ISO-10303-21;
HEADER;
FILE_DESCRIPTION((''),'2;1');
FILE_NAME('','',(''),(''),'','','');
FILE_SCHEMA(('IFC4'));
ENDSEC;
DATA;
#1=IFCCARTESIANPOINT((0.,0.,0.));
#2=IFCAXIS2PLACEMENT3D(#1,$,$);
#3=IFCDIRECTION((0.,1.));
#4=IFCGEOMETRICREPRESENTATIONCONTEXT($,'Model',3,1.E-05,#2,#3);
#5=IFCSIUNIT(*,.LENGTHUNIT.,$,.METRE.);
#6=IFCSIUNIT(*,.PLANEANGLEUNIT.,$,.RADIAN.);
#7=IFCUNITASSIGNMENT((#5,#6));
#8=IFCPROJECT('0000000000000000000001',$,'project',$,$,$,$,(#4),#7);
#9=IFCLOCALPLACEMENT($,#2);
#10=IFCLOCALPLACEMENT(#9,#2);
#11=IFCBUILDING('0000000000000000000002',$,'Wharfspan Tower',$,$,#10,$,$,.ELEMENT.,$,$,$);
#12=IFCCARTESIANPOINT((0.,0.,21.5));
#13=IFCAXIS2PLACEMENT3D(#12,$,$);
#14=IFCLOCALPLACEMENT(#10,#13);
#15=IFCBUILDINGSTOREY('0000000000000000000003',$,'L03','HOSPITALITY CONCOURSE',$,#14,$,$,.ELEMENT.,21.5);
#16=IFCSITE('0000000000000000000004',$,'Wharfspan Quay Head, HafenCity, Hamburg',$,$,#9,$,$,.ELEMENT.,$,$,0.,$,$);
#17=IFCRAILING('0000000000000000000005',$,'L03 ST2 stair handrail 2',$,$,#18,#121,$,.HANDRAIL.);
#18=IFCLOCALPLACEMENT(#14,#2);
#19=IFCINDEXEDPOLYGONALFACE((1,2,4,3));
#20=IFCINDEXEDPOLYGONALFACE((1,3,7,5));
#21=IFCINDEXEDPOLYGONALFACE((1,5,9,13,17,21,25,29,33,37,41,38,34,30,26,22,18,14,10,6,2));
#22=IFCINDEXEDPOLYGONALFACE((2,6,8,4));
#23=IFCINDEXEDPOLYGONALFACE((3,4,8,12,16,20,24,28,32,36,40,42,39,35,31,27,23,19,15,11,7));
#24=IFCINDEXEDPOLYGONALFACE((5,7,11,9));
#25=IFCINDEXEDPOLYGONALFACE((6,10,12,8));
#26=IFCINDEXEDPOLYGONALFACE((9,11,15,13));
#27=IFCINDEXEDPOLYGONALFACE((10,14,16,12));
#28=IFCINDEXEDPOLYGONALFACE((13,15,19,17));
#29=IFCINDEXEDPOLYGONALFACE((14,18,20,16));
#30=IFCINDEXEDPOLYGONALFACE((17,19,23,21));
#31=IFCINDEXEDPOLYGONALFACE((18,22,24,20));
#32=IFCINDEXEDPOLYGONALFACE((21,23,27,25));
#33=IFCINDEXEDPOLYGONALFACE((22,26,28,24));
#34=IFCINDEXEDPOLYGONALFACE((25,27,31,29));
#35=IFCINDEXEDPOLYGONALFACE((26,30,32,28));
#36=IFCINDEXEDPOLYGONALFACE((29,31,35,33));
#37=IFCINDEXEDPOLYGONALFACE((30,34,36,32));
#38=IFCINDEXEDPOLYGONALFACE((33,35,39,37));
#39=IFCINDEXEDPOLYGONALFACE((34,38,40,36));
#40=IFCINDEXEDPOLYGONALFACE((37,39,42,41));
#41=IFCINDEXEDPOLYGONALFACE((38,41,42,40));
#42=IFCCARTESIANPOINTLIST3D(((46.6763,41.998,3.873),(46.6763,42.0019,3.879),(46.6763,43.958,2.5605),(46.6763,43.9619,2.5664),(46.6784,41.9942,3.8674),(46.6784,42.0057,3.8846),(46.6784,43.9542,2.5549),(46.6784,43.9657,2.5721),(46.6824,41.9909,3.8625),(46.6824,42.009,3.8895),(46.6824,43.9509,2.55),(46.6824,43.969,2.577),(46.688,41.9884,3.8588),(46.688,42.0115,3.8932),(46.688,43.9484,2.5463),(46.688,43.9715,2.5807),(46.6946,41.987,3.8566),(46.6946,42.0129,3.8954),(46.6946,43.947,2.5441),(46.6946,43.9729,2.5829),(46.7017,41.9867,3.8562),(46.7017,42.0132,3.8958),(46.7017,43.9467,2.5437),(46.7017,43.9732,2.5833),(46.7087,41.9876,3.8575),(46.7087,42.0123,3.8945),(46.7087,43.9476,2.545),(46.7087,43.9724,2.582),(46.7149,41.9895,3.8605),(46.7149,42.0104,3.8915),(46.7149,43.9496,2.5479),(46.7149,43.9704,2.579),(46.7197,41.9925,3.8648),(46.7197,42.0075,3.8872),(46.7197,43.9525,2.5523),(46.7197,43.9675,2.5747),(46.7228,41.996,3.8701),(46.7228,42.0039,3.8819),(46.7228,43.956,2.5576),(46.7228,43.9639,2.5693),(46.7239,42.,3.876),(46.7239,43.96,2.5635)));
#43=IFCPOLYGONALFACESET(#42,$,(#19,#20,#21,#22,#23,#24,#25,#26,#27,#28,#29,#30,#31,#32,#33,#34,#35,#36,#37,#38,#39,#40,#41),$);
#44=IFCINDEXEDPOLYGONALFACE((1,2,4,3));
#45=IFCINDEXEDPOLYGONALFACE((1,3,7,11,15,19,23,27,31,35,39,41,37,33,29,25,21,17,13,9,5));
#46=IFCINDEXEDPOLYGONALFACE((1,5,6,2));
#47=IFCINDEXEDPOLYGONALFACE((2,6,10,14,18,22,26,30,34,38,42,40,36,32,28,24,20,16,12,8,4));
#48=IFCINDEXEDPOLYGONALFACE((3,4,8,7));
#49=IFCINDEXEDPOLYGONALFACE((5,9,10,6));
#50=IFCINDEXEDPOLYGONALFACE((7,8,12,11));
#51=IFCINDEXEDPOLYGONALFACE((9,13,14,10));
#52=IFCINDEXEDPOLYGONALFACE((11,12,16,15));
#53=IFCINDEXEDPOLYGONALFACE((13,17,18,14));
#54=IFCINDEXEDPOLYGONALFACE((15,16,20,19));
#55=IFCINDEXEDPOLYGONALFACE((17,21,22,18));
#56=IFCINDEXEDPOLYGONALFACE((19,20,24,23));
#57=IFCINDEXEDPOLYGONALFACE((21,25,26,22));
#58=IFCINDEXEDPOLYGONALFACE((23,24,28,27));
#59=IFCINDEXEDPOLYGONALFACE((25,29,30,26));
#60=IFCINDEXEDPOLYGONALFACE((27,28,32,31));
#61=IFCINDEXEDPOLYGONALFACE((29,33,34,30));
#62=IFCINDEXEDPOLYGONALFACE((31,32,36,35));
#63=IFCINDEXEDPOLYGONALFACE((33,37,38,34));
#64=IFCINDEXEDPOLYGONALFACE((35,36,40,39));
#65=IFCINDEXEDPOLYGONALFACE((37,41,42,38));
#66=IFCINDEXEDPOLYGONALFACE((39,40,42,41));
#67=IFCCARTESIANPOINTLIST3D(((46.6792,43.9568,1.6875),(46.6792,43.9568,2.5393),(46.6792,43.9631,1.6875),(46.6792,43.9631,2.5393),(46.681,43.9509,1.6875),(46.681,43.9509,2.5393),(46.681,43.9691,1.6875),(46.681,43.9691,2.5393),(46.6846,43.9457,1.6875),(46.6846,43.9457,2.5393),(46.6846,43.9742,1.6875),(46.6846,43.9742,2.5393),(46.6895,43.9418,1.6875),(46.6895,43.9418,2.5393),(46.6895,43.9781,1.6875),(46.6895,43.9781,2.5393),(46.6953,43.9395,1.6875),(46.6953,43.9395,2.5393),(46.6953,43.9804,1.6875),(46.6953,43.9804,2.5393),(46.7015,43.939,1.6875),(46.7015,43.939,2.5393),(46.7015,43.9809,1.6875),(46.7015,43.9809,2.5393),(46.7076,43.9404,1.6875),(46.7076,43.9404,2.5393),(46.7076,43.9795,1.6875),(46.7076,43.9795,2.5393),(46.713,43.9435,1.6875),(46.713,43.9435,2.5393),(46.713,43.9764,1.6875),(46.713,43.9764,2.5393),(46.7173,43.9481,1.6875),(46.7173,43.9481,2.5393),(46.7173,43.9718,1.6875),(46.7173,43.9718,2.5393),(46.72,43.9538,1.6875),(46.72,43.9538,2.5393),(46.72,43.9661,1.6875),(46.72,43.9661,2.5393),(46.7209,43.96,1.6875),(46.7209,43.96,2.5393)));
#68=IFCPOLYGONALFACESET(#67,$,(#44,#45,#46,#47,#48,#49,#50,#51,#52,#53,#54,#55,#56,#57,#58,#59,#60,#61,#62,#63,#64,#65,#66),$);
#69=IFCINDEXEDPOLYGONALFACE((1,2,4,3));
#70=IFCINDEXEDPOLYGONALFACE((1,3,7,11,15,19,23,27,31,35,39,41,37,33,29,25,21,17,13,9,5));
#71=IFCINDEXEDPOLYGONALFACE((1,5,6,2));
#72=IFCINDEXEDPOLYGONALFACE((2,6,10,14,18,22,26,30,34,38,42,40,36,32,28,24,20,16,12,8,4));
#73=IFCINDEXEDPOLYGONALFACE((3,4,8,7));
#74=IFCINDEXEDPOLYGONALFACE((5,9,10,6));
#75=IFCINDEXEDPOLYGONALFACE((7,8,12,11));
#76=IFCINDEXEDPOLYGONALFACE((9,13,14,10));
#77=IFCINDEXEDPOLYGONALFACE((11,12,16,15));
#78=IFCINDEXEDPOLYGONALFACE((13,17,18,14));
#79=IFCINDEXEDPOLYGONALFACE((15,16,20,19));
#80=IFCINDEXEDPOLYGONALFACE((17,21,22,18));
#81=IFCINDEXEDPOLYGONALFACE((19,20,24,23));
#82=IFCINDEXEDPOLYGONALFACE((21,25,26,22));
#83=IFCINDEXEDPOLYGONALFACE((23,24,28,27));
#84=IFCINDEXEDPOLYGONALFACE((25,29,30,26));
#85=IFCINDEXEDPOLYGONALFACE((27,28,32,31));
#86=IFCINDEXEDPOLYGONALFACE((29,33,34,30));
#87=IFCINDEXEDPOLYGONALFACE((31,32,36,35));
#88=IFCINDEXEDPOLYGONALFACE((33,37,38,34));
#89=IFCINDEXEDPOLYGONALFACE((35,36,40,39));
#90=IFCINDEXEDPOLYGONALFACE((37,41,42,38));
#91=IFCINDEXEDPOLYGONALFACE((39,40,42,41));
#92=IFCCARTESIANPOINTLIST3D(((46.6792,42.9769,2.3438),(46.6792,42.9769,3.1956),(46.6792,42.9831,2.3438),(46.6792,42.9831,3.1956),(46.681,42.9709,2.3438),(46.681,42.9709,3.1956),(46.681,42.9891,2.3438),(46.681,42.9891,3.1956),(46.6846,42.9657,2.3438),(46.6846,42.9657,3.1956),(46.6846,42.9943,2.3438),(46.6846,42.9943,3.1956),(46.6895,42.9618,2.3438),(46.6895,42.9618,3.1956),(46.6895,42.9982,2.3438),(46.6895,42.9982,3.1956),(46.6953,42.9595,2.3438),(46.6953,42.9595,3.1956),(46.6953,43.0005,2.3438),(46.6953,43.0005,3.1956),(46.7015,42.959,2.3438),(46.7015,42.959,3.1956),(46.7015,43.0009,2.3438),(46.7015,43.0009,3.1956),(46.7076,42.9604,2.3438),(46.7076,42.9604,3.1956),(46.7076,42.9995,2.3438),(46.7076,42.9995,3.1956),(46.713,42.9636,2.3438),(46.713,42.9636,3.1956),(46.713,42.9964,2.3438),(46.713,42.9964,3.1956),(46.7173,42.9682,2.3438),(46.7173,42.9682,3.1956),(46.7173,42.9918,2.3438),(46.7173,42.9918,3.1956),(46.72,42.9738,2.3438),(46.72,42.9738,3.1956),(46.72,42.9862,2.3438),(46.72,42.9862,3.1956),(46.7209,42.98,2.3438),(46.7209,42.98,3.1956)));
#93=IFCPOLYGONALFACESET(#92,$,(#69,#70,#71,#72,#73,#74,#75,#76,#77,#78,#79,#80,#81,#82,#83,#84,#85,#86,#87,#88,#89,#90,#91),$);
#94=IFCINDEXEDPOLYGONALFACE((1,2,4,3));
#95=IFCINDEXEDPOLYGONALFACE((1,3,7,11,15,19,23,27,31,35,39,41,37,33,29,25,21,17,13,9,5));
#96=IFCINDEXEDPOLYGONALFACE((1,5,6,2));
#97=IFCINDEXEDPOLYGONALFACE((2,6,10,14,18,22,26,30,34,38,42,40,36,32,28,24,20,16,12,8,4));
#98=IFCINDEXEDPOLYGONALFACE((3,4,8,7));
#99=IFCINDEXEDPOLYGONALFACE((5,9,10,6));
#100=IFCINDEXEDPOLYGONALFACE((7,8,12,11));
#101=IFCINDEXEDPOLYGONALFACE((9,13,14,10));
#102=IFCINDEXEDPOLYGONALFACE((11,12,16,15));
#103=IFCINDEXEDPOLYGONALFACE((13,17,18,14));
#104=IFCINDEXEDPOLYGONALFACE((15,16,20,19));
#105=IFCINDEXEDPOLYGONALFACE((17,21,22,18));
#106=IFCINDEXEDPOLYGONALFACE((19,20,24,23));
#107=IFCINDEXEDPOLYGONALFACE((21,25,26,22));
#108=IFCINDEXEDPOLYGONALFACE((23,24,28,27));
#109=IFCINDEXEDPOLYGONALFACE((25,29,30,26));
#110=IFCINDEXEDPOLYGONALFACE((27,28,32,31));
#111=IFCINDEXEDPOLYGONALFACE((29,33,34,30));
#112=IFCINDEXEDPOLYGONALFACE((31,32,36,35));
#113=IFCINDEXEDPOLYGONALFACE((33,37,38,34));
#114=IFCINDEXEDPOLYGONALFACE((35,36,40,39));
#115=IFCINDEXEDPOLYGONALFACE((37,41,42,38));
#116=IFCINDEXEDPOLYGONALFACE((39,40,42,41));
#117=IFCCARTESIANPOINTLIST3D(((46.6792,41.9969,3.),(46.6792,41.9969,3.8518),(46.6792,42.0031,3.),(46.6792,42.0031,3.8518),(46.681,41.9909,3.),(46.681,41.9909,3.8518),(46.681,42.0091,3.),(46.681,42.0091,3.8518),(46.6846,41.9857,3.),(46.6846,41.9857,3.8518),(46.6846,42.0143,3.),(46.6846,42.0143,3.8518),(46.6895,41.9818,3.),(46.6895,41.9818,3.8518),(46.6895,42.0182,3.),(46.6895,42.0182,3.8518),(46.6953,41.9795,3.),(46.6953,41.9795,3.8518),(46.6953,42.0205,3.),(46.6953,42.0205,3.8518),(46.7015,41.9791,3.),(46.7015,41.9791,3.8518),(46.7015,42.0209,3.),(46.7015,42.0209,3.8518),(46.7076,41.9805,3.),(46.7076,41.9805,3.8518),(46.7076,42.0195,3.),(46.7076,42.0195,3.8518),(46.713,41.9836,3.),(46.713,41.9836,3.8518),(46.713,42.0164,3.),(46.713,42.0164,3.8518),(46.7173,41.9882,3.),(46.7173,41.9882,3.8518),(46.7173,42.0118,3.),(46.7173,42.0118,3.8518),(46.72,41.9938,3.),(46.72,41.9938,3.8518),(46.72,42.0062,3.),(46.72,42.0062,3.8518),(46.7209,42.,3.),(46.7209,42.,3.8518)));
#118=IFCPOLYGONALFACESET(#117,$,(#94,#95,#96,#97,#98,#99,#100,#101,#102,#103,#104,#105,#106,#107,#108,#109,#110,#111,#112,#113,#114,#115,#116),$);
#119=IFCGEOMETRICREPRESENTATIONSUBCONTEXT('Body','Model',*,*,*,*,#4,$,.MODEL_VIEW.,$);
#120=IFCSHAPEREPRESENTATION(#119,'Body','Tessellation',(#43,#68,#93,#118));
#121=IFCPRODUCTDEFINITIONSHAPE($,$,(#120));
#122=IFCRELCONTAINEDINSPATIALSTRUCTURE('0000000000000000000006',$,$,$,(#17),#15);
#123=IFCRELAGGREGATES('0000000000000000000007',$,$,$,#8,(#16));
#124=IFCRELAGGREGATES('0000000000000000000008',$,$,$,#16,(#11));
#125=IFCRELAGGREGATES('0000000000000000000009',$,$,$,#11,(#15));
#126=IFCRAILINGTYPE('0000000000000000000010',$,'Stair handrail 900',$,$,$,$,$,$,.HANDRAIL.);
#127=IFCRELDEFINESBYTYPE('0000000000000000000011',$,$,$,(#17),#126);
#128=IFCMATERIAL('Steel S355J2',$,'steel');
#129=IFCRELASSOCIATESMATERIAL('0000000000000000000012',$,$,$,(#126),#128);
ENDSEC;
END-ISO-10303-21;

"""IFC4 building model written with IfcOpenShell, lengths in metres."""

from ifc_helpers import new_model, si_unit, direction, frame, origin, origin_2d, place, context, subcontext, project, spatial, circle, extrude, material, type_object, element, save


model = new_model("IFC4")

# Units and contexts
model_context = context("Model", 3, precision=1e-05, world=origin(), true_north=direction((0.0, 1.0)))
body_context = subcontext(model_context, "Body", "Model", "MODEL_VIEW")
ifc_project = project(units=[si_unit("LENGTHUNIT", "METRE"), si_unit("PLANEANGLEUNIT", "RADIAN")], contexts=[model_context])

# Site, building, storey
site_placement = place(None, origin())
site = spatial("IfcSite", under=ifc_project, at=site_placement, Name="Wharfspan Quay Head, HafenCity, Hamburg", CompositionType="ELEMENT", RefElevation=0.0)
building_placement = place(site_placement, origin())
building = spatial("IfcBuilding", under=site, at=building_placement, Name="Wharfspan Tower", CompositionType="ELEMENT")
storey_placement = place(building_placement, frame((0.0, 0.0, 21.5)))
storey = spatial("IfcBuildingStorey", under=building, at=storey_placement, Name="L03", Description="HOSPITALITY CONCOURSE", CompositionType="ELEMENT", Elevation=21.5)

# Railing
ifc_material_1 = material(Name="Steel S355J2", Category="steel")
railing_type_1 = type_object("IfcRailingType", Name="Stair handrail 900", PredefinedType="HANDRAIL", material=ifc_material_1)
railing_1_placement = place(storey_placement, frame((46.7, 43.96, 1.6875)))
element("IfcRailing", 1, at=railing_1_placement, inside=storey, type_object=railing_type_1, Name="L03 ST2 stair handrail 2", PredefinedType="HANDRAIL", context=body_context, shape_type="SweptSolid", body=[
    extrude(circle(Radius=0.0239, at=origin_2d()), frame((0.0, 0.0, 0.876), z_axis=(0.0, -0.830902, 0.556419), x_axis=(1.0, 0.0, 0.0)), (0.0, 0.0, 1.0), 2.3589),
    extrude(circle(Radius=0.021, at=origin_2d()), origin(), (0.0, 0.0, 1.0), 0.8518),
    extrude(circle(Radius=0.021, at=origin_2d()), frame((0.0, -0.98, 0.6562)), (0.0, 0.0, 1.0), 0.8518),
    extrude(circle(Radius=0.021, at=origin_2d()), frame((0.0, -1.96, 1.3125)), (0.0, 0.0, 1.0), 0.8518),
])

save(model, "model.ifc")
